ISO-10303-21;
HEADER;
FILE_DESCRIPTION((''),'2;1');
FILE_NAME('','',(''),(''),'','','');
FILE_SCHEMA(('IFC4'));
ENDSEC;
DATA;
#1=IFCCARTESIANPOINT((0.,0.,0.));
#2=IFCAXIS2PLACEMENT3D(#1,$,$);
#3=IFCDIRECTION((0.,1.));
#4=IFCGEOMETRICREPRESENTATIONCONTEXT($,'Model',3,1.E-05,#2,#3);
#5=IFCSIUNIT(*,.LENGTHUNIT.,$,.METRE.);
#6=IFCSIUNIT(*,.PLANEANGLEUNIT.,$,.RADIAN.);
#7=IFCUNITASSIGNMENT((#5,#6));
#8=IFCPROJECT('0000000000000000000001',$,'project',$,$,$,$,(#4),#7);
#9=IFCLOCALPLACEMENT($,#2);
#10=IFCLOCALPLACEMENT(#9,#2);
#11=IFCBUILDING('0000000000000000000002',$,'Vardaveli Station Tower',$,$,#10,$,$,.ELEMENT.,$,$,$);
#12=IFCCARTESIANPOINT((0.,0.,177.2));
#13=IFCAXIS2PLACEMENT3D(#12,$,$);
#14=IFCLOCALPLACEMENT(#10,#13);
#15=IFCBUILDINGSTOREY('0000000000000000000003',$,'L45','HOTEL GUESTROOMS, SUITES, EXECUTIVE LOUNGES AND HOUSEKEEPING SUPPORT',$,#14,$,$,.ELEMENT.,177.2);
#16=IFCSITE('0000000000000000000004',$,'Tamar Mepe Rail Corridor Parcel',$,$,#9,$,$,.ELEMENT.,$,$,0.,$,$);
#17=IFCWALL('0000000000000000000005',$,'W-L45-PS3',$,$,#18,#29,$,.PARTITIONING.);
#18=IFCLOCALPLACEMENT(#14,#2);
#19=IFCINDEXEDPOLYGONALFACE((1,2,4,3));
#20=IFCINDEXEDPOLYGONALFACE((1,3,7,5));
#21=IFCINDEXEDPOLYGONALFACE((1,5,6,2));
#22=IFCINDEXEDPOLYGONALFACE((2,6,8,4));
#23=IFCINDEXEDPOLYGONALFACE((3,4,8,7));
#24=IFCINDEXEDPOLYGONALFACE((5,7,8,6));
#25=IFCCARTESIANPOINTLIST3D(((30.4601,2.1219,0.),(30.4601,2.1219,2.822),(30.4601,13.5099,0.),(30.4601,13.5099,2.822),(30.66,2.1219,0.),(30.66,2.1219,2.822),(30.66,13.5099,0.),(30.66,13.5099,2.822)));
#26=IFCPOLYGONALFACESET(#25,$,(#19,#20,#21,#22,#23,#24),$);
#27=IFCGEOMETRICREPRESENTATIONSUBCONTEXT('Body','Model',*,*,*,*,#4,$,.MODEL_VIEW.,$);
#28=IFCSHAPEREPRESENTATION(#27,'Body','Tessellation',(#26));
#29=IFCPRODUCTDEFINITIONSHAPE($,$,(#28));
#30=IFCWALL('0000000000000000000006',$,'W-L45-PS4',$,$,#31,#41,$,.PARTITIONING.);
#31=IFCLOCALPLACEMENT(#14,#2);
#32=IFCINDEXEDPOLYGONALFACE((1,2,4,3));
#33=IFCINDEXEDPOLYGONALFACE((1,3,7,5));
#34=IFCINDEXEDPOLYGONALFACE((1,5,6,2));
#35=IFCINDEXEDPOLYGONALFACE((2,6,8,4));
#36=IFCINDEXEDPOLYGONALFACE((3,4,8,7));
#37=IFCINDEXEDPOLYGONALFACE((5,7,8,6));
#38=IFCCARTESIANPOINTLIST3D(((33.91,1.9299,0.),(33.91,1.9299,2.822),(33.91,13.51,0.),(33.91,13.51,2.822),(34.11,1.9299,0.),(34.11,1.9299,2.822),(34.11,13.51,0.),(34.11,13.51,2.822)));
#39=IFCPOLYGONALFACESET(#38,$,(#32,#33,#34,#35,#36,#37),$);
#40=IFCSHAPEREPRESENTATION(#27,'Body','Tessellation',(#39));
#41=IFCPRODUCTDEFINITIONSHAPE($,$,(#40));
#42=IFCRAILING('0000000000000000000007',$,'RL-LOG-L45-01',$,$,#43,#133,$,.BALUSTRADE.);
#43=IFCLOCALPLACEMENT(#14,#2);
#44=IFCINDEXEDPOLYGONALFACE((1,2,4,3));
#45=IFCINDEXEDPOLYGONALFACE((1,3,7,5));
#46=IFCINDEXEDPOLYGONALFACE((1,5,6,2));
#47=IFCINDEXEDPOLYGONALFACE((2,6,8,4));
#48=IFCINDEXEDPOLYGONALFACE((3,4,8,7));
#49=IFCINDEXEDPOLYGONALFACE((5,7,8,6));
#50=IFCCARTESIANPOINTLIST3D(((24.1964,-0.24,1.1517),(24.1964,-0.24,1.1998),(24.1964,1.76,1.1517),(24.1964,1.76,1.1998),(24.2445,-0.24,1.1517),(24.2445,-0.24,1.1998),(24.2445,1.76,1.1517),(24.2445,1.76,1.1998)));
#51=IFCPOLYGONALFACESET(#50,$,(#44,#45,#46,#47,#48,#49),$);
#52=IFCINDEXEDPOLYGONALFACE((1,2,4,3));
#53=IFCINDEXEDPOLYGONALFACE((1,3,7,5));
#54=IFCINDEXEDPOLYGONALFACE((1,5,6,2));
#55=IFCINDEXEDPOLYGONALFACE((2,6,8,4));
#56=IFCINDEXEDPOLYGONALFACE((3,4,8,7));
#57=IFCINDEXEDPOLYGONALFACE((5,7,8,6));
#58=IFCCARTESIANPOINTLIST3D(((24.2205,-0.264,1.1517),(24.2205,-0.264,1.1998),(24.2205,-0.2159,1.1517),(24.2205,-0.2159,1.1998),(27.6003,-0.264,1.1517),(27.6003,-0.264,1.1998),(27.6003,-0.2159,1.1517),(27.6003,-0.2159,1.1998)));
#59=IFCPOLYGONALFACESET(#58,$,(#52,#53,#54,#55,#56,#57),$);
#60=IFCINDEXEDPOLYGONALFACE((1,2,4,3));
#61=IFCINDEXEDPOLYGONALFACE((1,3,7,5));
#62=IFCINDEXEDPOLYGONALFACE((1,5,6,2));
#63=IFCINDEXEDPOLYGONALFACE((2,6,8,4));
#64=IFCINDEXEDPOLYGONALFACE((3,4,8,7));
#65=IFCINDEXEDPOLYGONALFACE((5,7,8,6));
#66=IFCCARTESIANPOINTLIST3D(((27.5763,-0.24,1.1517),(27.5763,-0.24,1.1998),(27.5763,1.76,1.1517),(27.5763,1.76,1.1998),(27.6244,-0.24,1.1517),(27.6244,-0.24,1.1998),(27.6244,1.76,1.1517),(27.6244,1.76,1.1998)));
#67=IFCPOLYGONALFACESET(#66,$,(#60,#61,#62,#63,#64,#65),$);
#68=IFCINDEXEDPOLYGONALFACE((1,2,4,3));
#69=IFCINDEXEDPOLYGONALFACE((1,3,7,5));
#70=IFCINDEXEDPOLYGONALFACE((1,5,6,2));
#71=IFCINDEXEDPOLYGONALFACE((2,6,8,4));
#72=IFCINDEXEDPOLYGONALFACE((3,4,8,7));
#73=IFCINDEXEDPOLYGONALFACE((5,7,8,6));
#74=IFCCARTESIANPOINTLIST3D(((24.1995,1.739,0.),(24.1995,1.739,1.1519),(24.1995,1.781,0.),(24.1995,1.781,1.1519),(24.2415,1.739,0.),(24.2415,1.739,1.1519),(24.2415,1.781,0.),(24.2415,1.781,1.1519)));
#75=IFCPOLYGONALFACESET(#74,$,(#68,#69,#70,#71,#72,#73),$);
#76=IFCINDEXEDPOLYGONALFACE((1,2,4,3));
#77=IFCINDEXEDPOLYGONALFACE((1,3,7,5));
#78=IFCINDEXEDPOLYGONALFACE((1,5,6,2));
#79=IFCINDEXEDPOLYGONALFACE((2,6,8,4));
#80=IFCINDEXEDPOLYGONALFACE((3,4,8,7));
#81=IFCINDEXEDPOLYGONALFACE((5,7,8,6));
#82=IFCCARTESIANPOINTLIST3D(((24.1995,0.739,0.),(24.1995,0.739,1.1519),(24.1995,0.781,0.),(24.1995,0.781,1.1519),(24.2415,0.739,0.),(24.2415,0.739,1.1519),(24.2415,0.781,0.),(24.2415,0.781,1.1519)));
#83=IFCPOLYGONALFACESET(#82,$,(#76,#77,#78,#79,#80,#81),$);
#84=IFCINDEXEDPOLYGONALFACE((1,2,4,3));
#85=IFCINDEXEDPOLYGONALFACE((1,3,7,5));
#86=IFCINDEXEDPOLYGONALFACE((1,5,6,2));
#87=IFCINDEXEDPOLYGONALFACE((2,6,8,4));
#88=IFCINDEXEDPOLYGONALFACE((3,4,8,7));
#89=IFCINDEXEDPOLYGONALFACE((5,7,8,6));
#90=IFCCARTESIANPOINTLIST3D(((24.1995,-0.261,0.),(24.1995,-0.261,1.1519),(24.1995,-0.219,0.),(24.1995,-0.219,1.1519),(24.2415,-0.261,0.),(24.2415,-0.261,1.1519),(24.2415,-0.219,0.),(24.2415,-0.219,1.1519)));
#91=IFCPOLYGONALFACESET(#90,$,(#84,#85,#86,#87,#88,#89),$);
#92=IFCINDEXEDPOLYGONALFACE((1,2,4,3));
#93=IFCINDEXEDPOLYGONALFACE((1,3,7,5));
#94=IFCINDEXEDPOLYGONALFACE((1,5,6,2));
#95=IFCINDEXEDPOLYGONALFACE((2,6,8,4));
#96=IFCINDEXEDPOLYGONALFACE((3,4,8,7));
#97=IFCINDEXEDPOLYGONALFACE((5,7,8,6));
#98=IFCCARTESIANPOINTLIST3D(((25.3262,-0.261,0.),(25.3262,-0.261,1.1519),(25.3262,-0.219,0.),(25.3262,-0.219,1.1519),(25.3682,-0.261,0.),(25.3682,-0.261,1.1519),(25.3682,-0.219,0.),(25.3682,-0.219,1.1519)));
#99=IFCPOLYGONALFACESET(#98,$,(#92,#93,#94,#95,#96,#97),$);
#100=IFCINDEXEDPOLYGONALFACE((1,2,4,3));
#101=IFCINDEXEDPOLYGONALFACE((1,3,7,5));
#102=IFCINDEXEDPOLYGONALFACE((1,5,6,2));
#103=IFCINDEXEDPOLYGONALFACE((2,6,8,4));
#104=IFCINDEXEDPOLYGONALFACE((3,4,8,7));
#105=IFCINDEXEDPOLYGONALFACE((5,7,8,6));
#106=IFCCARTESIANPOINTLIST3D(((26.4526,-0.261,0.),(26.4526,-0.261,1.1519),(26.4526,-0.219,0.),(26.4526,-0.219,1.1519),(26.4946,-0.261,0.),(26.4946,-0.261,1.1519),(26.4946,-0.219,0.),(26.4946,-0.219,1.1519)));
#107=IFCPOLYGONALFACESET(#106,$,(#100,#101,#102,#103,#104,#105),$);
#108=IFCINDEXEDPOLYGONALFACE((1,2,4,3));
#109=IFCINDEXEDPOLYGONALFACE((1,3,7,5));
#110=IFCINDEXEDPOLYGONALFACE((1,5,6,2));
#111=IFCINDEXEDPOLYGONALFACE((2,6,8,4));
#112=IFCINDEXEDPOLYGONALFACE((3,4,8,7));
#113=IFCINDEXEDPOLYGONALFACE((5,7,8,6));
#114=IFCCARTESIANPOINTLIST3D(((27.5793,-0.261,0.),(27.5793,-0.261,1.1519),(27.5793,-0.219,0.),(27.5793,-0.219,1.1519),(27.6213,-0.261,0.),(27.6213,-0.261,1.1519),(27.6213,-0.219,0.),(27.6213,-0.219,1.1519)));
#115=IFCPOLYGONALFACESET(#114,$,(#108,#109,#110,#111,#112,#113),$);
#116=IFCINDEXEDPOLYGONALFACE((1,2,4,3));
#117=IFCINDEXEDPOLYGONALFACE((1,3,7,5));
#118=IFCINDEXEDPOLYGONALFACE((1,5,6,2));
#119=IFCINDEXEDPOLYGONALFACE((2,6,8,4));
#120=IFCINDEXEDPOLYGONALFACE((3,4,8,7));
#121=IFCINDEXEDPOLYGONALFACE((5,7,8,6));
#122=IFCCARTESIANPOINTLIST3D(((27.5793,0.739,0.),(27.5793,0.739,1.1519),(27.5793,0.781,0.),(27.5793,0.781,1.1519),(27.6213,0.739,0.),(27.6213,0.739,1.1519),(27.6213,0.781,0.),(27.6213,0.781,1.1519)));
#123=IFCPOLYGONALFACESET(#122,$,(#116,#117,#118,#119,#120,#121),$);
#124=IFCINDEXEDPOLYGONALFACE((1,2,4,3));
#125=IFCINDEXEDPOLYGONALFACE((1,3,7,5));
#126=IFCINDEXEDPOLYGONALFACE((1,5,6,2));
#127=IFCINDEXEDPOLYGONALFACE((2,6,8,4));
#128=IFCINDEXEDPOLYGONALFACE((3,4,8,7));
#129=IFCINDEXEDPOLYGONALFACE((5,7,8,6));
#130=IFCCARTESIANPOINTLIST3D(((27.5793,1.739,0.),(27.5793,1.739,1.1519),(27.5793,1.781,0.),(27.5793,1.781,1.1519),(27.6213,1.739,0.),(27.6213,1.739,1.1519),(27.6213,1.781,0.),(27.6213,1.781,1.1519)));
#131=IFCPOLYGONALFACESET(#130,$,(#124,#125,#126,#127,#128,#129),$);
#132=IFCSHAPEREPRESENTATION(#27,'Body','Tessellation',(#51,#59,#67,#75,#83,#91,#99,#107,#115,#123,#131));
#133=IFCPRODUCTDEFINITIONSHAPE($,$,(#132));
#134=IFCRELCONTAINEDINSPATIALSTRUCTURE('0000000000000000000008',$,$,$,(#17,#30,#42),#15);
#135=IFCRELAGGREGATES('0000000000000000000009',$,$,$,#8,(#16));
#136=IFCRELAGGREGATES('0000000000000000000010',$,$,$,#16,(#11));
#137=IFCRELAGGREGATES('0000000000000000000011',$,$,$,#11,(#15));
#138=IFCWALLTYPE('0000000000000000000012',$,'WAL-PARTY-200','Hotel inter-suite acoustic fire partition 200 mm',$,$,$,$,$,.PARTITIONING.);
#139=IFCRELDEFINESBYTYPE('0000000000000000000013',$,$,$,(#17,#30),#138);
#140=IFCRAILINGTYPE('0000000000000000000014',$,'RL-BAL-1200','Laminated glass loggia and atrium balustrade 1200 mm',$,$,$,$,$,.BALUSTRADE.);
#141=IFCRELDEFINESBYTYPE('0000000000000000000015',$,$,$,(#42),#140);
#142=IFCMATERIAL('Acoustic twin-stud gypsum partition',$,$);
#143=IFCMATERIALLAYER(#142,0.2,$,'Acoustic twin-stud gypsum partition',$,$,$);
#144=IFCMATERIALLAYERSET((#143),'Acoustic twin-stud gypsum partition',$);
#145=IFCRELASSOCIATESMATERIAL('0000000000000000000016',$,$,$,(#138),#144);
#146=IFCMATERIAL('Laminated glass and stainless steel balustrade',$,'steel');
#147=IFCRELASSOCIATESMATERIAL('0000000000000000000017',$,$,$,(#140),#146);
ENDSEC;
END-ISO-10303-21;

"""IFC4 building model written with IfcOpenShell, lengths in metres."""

from ifc_helpers import new_model, si_unit, direction, frame, frame_2d, origin, origin_2d, place, context, subcontext, project, spatial, rectangle, extrude, source, transform, mapped, material, layer, layer_set, type_object, element, save


model = new_model("IFC4")

# Units and contexts
model_context = context("Model", 3, precision=1e-05, world=origin(), true_north=direction((0.0, 1.0)))
body_context = subcontext(model_context, "Body", "Model", "MODEL_VIEW")
ifc_project = project(units=[si_unit("LENGTHUNIT", "METRE"), si_unit("PLANEANGLEUNIT", "RADIAN")], contexts=[model_context])

# Site, building, storey
site_placement = place(None, origin())
site = spatial("IfcSite", under=ifc_project, at=site_placement, Name="Tamar Mepe Rail Corridor Parcel", CompositionType="ELEMENT", RefElevation=0.0)
building_placement = place(site_placement, origin())
building = spatial("IfcBuilding", under=site, at=building_placement, Name="Vardaveli Station Tower", CompositionType="ELEMENT")
storey_placement = place(building_placement, frame((0.0, 0.0, 177.2)))
storey = spatial("IfcBuildingStorey", under=building, at=storey_placement, Name="L45", Description="HOTEL GUESTROOMS, SUITES, EXECUTIVE LOUNGES AND HOUSEKEEPING SUPPORT", CompositionType="ELEMENT", Elevation=177.2)

# Walls
ifc_material_1 = material(Name="Acoustic twin-stud gypsum partition")
ifc_layer_1 = layer(ifc_material_1, 0.2, Name="Acoustic twin-stud gypsum partition")
ifc_layer_set_1 = layer_set([ifc_layer_1], Name="Acoustic twin-stud gypsum partition")
wall_type_1 = type_object("IfcWallType", Name="WAL-PARTY-200", Description="Hotel inter-suite acoustic fire partition 200 mm", PredefinedType="PARTITIONING", material=ifc_layer_set_1)
shared_shape_1 = source(origin(), body_context, "Body", "SweptSolid", [
    extrude(rectangle(XDim=11.3879, YDim=0.2, at=frame_2d((5.6938, 0.0))), origin(), (0.0, 0.0, 1.0), 2.822),
])
for number, where, z_axis, x_axis, name in (
    (1, (30.5601, 2.1221, 0.0), (0.0, 0.0, 1.0), (0.0, 1.0, 0.0), "W-L45-PS3"),
):
    element("IfcWall", number, at=place(storey_placement, frame(where, z_axis=z_axis, x_axis=x_axis)), inside=storey, type_object=wall_type_1, Name=name, PredefinedType="PARTITIONING", context=body_context, shape_type="MappedRepresentation", body=[
        mapped(shared_shape_1, transform((0.0, 0.0, 0.0), scale=1.0)),
    ])
shared_shape_2 = source(origin(), body_context, "Body", "SweptSolid", [
    extrude(rectangle(XDim=11.5801, YDim=0.2, at=frame_2d((5.79, 0.0))), origin(), (0.0, 0.0, 1.0), 2.822),
])
wall_1_placement = place(storey_placement, frame((34.01, 1.9299, 0.0), z_axis=(0.0, 0.0, 1.0), x_axis=(0.0, 1.0, 0.0)))
element("IfcWall", 2, at=wall_1_placement, inside=storey, type_object=wall_type_1, Name="W-L45-PS4", PredefinedType="PARTITIONING", context=body_context, shape_type="MappedRepresentation", body=[
    mapped(shared_shape_2, transform((0.0, 0.0, 0.0), scale=1.0)),
])

# Railing
ifc_material_2 = material(Name="Laminated glass and stainless steel balustrade", Category="steel")
railing_type = type_object("IfcRailingType", Name="RL-BAL-1200", Description="Laminated glass loggia and atrium balustrade 1200 mm", PredefinedType="BALUSTRADE", material=ifc_material_2)
shared_shape_3 = source(origin(), body_context, "Body", "SweptSolid", [
    extrude(rectangle(XDim=0.0481, YDim=0.0481, at=origin_2d()), frame((0.0, 0.0, 1.1758), z_axis=(0.0, -1.0, 0.0), x_axis=(1.0, 0.0, 0.0)), (0.0, 0.0, 1.0), 2.0),
    extrude(rectangle(XDim=0.0481, YDim=0.0481, at=origin_2d()), frame((0.0, -2.0, 1.1758), z_axis=(1.0, 0.0, 0.0), x_axis=(0.0, 1.0, 0.0)), (0.0, 0.0, 1.0), 3.3799),
    extrude(rectangle(XDim=0.0481, YDim=0.0481, at=origin_2d()), frame((3.3799, -2.0, 1.1758), z_axis=(0.0, 1.0, 0.0), x_axis=(-1.0, 0.0, 0.0)), (0.0, 0.0, 1.0), 2.0),
    extrude(rectangle(XDim=0.042, YDim=0.042, at=origin_2d()), origin(), (0.0, 0.0, 1.0), 1.1519),
    extrude(rectangle(XDim=0.042, YDim=0.042, at=origin_2d()), frame((0.0, -1.0, 0.0)), (0.0, 0.0, 1.0), 1.1519),
    extrude(rectangle(XDim=0.042, YDim=0.042, at=origin_2d()), frame((0.0, -2.0, 0.0)), (0.0, 0.0, 1.0), 1.1519),
    extrude(rectangle(XDim=0.042, YDim=0.042, at=origin_2d()), frame((1.1267, -2.0, 0.0)), (0.0, 0.0, 1.0), 1.1519),
    extrude(rectangle(XDim=0.042, YDim=0.042, at=origin_2d()), frame((2.2532, -2.0, 0.0)), (0.0, 0.0, 1.0), 1.1519),
    extrude(rectangle(XDim=0.042, YDim=0.042, at=origin_2d()), frame((3.3799, -2.0, 0.0)), (0.0, 0.0, 1.0), 1.1519),
    extrude(rectangle(XDim=0.042, YDim=0.042, at=origin_2d()), frame((3.3799, -1.0, 0.0)), (0.0, 0.0, 1.0), 1.1519),
    extrude(rectangle(XDim=0.042, YDim=0.042, at=origin_2d()), frame((3.3799, 0.0, 0.0)), (0.0, 0.0, 1.0), 1.1519),
])
railing_placement = place(storey_placement, frame((24.2205, 1.76, 0.0)))
element("IfcRailing", 3, at=railing_placement, inside=storey, type_object=railing_type, Name="RL-LOG-L45-01", PredefinedType="BALUSTRADE", context=body_context, shape_type="MappedRepresentation", body=[
    mapped(shared_shape_3, transform((0.0, 0.0, 0.0), scale=1.0)),
])

save(model, "model.ifc")
